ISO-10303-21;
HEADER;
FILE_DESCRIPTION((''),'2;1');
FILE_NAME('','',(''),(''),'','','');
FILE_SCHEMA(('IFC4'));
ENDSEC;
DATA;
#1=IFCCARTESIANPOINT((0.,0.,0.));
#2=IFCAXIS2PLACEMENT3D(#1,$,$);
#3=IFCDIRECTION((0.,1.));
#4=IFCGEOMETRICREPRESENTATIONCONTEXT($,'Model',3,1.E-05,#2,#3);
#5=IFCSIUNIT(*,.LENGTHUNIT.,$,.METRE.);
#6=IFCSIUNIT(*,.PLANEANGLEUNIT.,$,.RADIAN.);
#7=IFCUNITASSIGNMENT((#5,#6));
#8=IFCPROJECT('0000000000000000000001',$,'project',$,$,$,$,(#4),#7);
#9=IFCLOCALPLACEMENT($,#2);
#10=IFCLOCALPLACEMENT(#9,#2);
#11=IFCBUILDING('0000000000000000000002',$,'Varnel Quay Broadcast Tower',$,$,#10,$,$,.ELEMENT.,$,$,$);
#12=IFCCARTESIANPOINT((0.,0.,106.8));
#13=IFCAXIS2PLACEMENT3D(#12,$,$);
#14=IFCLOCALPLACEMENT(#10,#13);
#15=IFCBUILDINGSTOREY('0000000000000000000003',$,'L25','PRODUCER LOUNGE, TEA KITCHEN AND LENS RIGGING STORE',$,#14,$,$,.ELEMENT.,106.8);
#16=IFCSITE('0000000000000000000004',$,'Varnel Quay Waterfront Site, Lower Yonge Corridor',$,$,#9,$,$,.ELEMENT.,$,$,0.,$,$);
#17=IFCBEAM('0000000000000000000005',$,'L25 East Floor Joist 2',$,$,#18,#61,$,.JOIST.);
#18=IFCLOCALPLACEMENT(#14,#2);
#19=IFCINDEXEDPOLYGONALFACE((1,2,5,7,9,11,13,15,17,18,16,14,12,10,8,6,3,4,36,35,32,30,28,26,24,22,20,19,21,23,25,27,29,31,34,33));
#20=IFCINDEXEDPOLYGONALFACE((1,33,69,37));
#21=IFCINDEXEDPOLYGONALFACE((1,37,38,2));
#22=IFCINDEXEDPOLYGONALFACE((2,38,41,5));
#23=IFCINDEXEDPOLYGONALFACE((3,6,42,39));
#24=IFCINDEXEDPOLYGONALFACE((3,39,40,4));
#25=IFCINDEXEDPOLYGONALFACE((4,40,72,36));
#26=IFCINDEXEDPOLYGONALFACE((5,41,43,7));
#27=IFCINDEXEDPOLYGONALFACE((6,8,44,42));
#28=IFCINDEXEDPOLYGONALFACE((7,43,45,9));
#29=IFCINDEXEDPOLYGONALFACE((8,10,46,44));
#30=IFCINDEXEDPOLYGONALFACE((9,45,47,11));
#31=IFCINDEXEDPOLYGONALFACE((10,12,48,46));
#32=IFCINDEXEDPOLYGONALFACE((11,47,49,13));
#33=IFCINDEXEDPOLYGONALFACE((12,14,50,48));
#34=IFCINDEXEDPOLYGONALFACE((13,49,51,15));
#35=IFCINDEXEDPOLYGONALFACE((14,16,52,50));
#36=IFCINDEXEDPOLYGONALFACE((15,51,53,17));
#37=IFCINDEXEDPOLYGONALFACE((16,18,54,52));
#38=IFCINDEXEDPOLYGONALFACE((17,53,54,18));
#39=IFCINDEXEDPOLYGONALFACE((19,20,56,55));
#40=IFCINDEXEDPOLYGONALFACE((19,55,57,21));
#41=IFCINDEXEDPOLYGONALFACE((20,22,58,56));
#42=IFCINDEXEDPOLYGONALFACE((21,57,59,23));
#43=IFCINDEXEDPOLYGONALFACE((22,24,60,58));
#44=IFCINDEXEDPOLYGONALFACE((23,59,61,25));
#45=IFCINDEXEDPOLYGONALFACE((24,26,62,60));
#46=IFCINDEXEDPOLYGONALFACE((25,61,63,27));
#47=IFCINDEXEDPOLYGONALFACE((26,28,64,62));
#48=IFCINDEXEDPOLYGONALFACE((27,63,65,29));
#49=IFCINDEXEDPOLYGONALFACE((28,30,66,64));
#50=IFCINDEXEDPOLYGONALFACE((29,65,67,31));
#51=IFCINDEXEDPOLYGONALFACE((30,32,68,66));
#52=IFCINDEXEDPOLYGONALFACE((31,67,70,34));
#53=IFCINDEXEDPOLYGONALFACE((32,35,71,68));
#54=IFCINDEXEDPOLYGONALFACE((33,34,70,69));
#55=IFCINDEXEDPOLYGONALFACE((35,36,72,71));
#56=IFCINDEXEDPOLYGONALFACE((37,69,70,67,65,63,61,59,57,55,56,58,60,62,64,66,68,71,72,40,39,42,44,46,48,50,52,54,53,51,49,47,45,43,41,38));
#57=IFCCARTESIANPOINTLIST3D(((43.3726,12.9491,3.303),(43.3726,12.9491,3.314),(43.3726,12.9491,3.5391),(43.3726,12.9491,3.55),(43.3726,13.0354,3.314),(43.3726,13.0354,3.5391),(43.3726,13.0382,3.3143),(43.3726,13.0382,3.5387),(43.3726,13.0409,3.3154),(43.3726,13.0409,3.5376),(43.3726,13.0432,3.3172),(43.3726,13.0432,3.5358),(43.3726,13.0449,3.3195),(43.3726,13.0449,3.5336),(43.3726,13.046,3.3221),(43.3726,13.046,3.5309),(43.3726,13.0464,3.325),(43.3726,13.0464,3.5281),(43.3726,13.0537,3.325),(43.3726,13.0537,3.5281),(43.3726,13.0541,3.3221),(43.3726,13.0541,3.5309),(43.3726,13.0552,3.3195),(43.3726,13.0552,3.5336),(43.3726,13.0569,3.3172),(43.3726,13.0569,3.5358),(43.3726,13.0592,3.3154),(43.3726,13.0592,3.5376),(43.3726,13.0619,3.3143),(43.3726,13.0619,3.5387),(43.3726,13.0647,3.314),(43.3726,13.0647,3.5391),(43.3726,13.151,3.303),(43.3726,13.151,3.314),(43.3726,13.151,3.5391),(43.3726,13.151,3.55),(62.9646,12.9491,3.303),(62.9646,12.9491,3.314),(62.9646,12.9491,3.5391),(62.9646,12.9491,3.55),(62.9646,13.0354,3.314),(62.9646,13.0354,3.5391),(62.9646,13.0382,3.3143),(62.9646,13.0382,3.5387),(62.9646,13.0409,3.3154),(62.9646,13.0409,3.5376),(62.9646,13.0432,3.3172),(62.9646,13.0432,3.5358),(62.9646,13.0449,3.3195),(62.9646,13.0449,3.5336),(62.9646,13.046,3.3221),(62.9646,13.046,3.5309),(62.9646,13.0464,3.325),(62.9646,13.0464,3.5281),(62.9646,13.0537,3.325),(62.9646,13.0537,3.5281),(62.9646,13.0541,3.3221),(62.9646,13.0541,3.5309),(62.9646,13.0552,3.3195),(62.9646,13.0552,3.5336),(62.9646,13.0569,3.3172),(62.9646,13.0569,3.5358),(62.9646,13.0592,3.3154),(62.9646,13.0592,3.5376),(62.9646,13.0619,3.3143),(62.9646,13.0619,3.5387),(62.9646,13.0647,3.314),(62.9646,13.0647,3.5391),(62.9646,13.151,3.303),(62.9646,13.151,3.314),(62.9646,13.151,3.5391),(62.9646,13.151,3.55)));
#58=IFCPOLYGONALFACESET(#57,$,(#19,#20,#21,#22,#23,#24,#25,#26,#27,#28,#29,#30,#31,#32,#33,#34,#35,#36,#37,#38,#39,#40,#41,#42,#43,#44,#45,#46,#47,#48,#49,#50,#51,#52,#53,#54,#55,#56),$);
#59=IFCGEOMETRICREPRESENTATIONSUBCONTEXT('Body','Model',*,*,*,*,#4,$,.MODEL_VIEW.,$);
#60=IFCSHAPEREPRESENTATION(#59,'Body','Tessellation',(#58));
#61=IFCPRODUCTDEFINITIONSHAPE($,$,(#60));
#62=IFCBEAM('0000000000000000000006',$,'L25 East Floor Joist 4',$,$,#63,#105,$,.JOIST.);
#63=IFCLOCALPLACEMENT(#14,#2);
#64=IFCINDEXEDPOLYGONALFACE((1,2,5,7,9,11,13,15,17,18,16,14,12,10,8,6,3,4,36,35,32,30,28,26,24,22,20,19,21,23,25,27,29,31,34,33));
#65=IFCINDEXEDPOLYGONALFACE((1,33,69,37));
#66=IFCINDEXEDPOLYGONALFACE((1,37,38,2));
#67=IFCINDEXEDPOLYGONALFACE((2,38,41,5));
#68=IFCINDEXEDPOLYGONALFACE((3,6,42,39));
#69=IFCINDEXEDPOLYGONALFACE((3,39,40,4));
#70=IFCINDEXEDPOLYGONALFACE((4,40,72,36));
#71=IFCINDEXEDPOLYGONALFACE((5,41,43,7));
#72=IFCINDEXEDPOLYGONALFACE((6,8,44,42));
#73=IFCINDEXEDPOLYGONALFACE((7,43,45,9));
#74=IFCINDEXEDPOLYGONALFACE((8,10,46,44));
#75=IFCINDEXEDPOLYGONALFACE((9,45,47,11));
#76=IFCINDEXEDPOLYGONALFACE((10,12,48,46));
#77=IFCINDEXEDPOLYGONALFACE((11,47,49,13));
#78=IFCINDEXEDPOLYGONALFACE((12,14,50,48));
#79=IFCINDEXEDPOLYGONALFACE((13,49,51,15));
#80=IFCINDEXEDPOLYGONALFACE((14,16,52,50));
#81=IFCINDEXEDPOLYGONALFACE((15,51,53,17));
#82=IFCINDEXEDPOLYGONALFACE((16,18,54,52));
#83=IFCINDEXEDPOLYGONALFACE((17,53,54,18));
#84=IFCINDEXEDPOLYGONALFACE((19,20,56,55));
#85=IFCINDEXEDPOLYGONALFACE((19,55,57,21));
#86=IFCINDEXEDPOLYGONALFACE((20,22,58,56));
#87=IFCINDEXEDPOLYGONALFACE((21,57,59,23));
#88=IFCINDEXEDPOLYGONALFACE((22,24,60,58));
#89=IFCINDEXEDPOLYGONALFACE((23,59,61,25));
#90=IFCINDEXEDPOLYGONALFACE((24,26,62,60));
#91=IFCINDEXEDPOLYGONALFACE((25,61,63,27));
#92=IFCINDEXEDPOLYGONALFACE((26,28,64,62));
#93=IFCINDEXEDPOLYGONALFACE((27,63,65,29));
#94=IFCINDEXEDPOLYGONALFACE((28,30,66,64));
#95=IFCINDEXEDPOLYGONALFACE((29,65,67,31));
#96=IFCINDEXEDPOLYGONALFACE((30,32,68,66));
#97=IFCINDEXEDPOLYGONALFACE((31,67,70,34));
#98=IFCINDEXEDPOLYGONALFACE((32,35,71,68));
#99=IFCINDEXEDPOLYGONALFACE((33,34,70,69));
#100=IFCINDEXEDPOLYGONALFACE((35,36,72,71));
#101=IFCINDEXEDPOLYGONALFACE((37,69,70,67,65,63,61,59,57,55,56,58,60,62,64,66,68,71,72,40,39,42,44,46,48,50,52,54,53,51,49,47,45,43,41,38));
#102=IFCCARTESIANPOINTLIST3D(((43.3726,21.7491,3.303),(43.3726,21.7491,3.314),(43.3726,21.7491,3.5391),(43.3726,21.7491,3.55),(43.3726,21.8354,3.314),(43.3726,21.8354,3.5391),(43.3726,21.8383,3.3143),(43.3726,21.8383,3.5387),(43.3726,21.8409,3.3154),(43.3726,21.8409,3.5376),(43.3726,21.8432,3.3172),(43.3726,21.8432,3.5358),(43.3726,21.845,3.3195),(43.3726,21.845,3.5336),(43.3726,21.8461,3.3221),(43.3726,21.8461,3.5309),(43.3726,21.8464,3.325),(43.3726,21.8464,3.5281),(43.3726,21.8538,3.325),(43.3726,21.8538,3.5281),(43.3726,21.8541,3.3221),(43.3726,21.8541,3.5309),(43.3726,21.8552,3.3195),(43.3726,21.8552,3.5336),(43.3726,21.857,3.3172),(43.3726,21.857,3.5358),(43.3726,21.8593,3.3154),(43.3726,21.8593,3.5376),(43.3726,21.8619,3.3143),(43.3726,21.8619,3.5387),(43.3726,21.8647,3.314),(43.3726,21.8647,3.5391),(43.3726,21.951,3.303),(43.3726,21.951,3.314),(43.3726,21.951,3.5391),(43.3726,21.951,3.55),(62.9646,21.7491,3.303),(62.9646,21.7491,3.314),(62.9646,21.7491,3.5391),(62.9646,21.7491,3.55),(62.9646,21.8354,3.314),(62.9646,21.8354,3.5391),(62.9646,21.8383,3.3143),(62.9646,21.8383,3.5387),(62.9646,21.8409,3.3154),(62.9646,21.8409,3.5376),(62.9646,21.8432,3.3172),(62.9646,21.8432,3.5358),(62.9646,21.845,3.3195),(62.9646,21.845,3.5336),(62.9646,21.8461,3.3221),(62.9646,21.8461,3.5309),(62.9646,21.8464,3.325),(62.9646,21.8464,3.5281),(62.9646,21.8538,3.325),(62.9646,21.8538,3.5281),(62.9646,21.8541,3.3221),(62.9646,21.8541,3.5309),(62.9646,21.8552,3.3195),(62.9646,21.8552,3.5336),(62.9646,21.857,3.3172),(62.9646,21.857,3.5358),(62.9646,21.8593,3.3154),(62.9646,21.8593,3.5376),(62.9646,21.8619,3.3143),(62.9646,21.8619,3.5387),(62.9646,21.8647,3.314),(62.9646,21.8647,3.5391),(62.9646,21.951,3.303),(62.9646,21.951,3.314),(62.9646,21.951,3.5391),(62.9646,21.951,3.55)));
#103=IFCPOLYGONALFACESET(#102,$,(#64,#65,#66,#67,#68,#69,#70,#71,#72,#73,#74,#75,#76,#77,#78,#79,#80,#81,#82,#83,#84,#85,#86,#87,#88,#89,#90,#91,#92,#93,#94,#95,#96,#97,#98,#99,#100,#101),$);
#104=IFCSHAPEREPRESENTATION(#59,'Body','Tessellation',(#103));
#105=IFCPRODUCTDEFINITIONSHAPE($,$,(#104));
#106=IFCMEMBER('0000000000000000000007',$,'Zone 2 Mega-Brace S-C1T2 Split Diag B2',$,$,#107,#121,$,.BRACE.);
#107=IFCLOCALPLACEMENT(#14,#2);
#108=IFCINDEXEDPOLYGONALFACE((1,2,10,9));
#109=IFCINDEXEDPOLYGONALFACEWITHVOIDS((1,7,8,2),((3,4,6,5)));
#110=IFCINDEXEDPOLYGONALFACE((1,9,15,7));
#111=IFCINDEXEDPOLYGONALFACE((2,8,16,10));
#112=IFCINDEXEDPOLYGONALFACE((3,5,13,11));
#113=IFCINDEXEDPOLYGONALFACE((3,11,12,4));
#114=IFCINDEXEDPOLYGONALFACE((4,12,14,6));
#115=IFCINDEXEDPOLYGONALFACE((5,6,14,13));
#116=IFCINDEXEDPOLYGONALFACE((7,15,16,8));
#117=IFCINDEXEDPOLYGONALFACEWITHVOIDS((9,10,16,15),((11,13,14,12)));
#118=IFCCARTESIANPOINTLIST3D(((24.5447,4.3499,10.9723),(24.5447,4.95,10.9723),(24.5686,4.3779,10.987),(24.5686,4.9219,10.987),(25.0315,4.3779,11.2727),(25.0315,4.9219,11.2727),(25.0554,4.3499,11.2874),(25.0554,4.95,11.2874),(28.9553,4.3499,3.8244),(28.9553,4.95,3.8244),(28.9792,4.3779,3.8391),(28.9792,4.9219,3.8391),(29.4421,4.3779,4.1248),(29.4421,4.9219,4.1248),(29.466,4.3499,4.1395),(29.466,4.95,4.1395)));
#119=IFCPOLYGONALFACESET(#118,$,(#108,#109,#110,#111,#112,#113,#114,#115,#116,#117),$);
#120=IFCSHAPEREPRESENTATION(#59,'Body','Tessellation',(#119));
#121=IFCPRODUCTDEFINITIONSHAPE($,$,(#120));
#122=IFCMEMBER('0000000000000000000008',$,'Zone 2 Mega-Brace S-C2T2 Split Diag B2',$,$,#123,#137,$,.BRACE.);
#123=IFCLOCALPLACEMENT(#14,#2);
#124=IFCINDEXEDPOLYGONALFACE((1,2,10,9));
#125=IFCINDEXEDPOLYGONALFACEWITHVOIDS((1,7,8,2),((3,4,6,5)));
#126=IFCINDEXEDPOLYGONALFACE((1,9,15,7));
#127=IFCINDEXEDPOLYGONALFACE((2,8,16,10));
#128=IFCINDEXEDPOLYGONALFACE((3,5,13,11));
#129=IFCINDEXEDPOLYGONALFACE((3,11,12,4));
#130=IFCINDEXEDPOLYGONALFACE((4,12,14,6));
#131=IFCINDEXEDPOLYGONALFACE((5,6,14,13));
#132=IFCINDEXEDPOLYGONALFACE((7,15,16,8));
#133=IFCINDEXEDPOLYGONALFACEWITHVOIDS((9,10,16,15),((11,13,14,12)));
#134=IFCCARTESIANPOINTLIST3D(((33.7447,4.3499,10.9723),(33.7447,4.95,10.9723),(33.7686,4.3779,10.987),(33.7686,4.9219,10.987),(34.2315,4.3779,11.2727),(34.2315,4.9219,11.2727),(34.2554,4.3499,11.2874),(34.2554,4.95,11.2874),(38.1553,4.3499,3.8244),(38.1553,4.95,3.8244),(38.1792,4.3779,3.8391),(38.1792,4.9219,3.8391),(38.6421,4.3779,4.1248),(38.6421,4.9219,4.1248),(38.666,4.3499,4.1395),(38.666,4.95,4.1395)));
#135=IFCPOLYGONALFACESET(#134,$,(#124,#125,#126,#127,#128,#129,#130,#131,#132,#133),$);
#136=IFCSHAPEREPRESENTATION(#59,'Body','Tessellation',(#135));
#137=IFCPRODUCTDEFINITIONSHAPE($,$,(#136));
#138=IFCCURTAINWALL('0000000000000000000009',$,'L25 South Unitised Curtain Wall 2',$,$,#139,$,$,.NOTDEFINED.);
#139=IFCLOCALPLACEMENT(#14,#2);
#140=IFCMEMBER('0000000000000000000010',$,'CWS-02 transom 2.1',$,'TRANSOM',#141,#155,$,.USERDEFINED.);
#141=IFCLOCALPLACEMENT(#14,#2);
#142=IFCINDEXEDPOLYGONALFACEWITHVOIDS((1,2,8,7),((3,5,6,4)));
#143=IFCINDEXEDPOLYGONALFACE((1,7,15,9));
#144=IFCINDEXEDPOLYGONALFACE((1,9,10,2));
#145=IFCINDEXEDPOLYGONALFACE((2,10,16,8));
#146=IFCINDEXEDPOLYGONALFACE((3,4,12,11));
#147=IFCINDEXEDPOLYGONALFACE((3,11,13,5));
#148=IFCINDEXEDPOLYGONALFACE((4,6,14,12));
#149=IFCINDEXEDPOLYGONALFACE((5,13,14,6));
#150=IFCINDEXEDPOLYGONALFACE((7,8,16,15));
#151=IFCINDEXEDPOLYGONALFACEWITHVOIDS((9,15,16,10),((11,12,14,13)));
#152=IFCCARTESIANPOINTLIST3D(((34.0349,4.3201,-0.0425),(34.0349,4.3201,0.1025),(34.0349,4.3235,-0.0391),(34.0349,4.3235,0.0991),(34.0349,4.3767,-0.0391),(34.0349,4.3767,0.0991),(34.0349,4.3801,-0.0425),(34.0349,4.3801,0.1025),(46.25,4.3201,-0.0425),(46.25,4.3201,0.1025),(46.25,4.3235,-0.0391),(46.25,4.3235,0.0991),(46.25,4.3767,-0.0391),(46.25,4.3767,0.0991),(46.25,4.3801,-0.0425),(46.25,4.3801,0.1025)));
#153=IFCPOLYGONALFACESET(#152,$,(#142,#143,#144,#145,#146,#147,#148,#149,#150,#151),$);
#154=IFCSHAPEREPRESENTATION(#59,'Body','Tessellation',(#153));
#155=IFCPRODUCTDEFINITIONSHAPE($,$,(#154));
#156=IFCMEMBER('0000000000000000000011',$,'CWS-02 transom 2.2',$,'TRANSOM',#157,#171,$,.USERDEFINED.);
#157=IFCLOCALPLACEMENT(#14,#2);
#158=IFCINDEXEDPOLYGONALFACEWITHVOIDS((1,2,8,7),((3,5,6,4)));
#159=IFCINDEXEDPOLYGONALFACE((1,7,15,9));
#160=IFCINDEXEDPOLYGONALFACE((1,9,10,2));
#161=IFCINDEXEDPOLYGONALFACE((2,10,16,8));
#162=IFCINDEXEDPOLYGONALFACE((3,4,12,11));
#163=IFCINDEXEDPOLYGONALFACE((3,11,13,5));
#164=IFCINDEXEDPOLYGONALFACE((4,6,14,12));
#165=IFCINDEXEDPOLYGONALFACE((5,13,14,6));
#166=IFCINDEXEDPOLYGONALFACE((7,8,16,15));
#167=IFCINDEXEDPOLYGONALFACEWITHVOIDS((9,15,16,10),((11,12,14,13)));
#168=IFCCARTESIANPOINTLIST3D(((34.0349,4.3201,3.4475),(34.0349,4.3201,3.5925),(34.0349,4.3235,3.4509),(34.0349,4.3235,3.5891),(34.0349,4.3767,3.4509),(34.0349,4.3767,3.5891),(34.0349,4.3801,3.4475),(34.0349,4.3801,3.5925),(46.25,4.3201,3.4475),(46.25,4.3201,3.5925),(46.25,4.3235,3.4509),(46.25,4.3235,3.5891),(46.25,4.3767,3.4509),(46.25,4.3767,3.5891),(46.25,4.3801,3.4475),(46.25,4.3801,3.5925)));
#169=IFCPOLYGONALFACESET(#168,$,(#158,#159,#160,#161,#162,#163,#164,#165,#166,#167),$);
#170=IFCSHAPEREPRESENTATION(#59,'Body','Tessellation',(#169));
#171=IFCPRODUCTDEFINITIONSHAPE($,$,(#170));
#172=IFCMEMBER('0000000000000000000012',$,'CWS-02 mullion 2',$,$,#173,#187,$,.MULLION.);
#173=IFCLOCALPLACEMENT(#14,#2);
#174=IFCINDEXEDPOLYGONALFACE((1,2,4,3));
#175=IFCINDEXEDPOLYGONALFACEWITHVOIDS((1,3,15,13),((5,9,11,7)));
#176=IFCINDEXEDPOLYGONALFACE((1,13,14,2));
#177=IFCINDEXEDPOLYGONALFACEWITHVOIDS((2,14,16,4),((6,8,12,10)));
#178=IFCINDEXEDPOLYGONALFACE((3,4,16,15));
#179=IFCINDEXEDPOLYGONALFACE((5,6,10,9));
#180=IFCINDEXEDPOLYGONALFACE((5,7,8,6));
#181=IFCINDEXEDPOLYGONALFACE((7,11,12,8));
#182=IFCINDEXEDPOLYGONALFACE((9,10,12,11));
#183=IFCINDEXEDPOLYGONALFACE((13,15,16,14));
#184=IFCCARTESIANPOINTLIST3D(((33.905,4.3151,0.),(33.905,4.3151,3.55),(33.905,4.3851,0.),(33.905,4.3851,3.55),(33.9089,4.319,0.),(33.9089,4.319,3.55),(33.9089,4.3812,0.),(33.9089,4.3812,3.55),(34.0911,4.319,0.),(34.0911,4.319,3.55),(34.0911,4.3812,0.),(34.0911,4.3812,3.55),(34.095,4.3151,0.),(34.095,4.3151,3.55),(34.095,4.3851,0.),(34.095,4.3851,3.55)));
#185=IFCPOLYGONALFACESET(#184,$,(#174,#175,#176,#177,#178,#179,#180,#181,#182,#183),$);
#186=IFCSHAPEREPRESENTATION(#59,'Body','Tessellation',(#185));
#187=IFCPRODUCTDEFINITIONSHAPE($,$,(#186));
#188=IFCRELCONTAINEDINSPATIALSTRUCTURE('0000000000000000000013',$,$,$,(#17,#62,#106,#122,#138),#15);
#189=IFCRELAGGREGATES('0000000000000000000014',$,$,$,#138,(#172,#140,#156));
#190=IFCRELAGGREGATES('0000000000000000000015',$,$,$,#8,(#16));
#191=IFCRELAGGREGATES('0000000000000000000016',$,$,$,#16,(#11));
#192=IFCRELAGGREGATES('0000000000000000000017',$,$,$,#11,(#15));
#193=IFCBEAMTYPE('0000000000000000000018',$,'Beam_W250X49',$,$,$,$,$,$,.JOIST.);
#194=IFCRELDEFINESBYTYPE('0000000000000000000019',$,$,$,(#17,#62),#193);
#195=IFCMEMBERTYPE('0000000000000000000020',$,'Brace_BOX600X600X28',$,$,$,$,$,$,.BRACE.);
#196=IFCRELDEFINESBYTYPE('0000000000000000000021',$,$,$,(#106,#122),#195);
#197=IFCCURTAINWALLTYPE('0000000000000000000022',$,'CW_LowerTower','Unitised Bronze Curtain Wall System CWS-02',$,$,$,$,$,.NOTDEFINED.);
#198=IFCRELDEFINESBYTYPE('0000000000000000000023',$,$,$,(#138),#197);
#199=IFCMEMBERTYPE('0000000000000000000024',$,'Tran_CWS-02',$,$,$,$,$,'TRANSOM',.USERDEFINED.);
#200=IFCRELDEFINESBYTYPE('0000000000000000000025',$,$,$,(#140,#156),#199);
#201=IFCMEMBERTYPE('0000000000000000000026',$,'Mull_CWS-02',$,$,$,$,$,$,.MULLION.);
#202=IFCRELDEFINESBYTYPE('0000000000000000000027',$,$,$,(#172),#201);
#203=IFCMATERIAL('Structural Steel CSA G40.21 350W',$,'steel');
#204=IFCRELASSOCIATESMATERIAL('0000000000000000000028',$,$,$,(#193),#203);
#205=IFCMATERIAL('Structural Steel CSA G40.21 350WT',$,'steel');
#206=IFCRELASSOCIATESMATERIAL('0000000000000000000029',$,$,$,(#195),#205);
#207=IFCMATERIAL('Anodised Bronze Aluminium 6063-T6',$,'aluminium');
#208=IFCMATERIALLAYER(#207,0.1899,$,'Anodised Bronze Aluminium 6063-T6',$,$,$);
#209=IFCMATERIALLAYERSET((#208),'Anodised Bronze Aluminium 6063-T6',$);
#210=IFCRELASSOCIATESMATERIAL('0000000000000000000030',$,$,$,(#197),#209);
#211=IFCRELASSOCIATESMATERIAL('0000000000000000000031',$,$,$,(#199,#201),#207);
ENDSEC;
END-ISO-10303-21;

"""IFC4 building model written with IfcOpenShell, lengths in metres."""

from ifc_helpers import new_model, si_unit, direction, frame, origin, origin_2d, place, context, subcontext, project, spatial, hollow_rectangle, i_section, extrude, source, transform, mapped, material, layer, layer_set, material_profile, profile_set, type_object, type_shapes, element, aggregate, save


model = new_model("IFC4")

# Units and contexts
model_context = context("Model", 3, precision=1e-05, world=origin(), true_north=direction((0.0, 1.0)))
body_context = subcontext(model_context, "Body", "Model", "MODEL_VIEW")
ifc_project = project(units=[si_unit("LENGTHUNIT", "METRE"), si_unit("PLANEANGLEUNIT", "RADIAN")], contexts=[model_context])

# Site, building, storey
site_placement = place(None, origin())
site = spatial("IfcSite", under=ifc_project, at=site_placement, Name="Varnel Quay Waterfront Site, Lower Yonge Corridor", CompositionType="ELEMENT", RefElevation=0.0)
building_placement = place(site_placement, origin())
building = spatial("IfcBuilding", under=site, at=building_placement, Name="Varnel Quay Broadcast Tower", CompositionType="ELEMENT")
storey_placement = place(building_placement, frame((0.0, 0.0, 106.8)))
storey = spatial("IfcBuildingStorey", under=building, at=storey_placement, Name="L25", Description="PRODUCER LOUNGE, TEA KITCHEN AND LENS RIGGING STORE", CompositionType="ELEMENT", Elevation=106.8)

# Shared definitions
ifc_material_1 = material(Name="Structural Steel CSA G40.21 350W", Category="steel")

# Beams
ifc_material_profile_1 = material_profile(ifc_material_1, i_section(OverallWidth=0.2019, OverallDepth=0.2471, WebThickness=0.0073, FlangeThickness=0.011, FilletRadius=0.011, at=origin_2d()), Name="W250X49")
ifc_profile_set_1 = profile_set([ifc_material_profile_1], Name="Structural Steel CSA G40.21 350W")
beam_type_1 = type_object("IfcBeamType", Name="Beam_W250X49", PredefinedType="JOIST", material=ifc_profile_set_1)
shared_shape_1 = source(origin(), body_context, "Body", "SweptSolid", [
    extrude(i_section(OverallWidth=0.2019, OverallDepth=0.2471, WebThickness=0.0073, FlangeThickness=0.011, FilletRadius=0.011, at=origin_2d()), origin(), (0.0, 0.0, 1.0), 19.592),
])
type_shapes(beam_type_1, [shared_shape_1])
for number, where, z_axis, x_axis, name in (
    (1, (43.3726, 13.05, 3.4265), (1.0, 0.0, 0.0), (0.0, 1.0, 0.0), "L25 East Floor Joist 2"),
    (2, (43.3726, 21.8501, 3.4265), (1.0, 0.0, 0.0), (0.0, 1.0, 0.0), "L25 East Floor Joist 4"),
):
    element("IfcBeam", number, at=place(storey_placement, frame(where, z_axis=z_axis, x_axis=x_axis)), inside=storey, type_object=beam_type_1, Name=name, PredefinedType="JOIST", context=body_context, shape_type="MappedRepresentation", body=[
        mapped(shared_shape_1, transform((0.0, 0.0, 0.0), x_axis=(1.0, 0.0, 0.0), y_axis=(0.0, 1.0, 0.0), z_axis=(0.0, 0.0, 1.0), scale=1.0)),
    ])

# Members
ifc_material_2 = material(Name="Structural Steel CSA G40.21 350WT", Category="steel")
ifc_material_profile_2 = material_profile(ifc_material_2, hollow_rectangle(XDim=0.6001, YDim=0.6001, WallThickness=0.0281, at=origin_2d()), Name="BOX600X600X28")
ifc_profile_set_2 = profile_set([ifc_material_profile_2], Name="Structural Steel CSA G40.21 350WT")
member_type_1 = type_object("IfcMemberType", Name="Brace_BOX600X600X28", PredefinedType="BRACE", material=ifc_profile_set_2)
shared_shape_2 = source(origin(), body_context, "Body", "SweptSolid", [
    extrude(hollow_rectangle(XDim=0.6001, YDim=0.6001, WallThickness=0.0281, at=origin_2d()), origin(), (0.0, 0.0, 1.0), 8.3992),
])
type_shapes(member_type_1, [shared_shape_2])
for number, where, z_axis, x_axis, name in (
    (3, (29.2107, 4.6499, 3.9819), (-0.525125, 0.0, 0.851025), (0.0, -1.0, 0.0), "Zone 2 Mega-Brace S-C1T2 Split Diag B2"),
    (4, (38.4106, 4.6499, 3.9819), (-0.525125, 0.0, 0.851025), (0.0, -1.0, 0.0), "Zone 2 Mega-Brace S-C2T2 Split Diag B2"),
):
    element("IfcMember", number, at=place(storey_placement, frame(where, z_axis=z_axis, x_axis=x_axis)), inside=storey, type_object=member_type_1, Name=name, PredefinedType="BRACE", context=body_context, shape_type="MappedRepresentation", body=[
        mapped(shared_shape_2, transform((0.0, 0.0, 0.0), x_axis=(1.0, 0.0, 0.0), y_axis=(0.0, 1.0, 0.0), z_axis=(0.0, 0.0, 1.0), scale=1.0)),
    ])

# Curtain wall, members
ifc_material_3 = material(Name="Anodised Bronze Aluminium 6063-T6", Category="aluminium")
ifc_layer_1 = layer(ifc_material_3, 0.1899, Name="Anodised Bronze Aluminium 6063-T6")
ifc_layer_set_1 = layer_set([ifc_layer_1], Name="Anodised Bronze Aluminium 6063-T6")
curtain_wall_type = type_object("IfcCurtainWallType", Name="CW_LowerTower", Description="Unitised Bronze Curtain Wall System CWS-02", PredefinedType="NOTDEFINED", material=ifc_layer_set_1)
curtain_wall_placement = place(storey_placement, origin())
curtain_wall = element("IfcCurtainWall", 5, at=curtain_wall_placement, inside=storey, type_object=curtain_wall_type, Name="L25 South Unitised Curtain Wall 2", PredefinedType="NOTDEFINED")
ifc_material_profile_3 = material_profile(ifc_material_3, hollow_rectangle(XDim=0.0601, YDim=0.145, WallThickness=0.0034, at=origin_2d()), Name="ALU60X145X3.5")
ifc_profile_set_3 = profile_set([ifc_material_profile_3], Name="Anodised Bronze Aluminium 6063-T6")
member_type_2 = type_object("IfcMemberType", Name="Tran_CWS-02", ElementType="TRANSOM", PredefinedType="USERDEFINED", material=ifc_profile_set_3)
shared_shape_3 = source(origin(), body_context, "Body", "SweptSolid", [
    extrude(hollow_rectangle(XDim=0.0601, YDim=0.145, WallThickness=0.0034, at=origin_2d()), origin(), (0.0, 0.0, 1.0), 12.2151),
])
type_shapes(member_type_2, [shared_shape_3])
member_1_placement = place(storey_placement, frame((34.0349, 4.3501, 0.03), z_axis=(1.0, 0.0, 0.0), x_axis=(0.0, 1.0, 0.0)))
member_1 = element("IfcMember", 6, at=member_1_placement, type_object=member_type_2, Name="CWS-02 transom 2.1", ObjectType="TRANSOM", PredefinedType="USERDEFINED", context=body_context, shape_type="MappedRepresentation", body=[
    mapped(shared_shape_3, transform((0.0, 0.0, 0.0), x_axis=(1.0, 0.0, 0.0), y_axis=(0.0, 1.0, 0.0), z_axis=(0.0, 0.0, 1.0), scale=1.0)),
])
member_2_placement = place(storey_placement, frame((34.0349, 4.3501, 3.52), z_axis=(1.0, 0.0, 0.0), x_axis=(0.0, 1.0, 0.0)))
member_2 = element("IfcMember", 7, at=member_2_placement, type_object=member_type_2, Name="CWS-02 transom 2.2", ObjectType="TRANSOM", PredefinedType="USERDEFINED", context=body_context, shape_type="MappedRepresentation", body=[
    mapped(shared_shape_3, transform((0.0, 0.0, 0.0), x_axis=(1.0, 0.0, 0.0), y_axis=(0.0, 1.0, 0.0), z_axis=(0.0, 0.0, 1.0), scale=1.0)),
])
ifc_material_profile_4 = material_profile(ifc_material_3, hollow_rectangle(XDim=0.0701, YDim=0.1899, WallThickness=0.0039, at=origin_2d()), Name="ALU70X190X4")
ifc_profile_set_4 = profile_set([ifc_material_profile_4], Name="Anodised Bronze Aluminium 6063-T6")
member_type_3 = type_object("IfcMemberType", Name="Mull_CWS-02", PredefinedType="MULLION", material=ifc_profile_set_4)
shared_shape_4 = source(origin(), body_context, "Body", "SweptSolid", [
    extrude(hollow_rectangle(XDim=0.0701, YDim=0.1899, WallThickness=0.0039, at=origin_2d()), origin(), (0.0, 0.0, 1.0), 3.55),
])
type_shapes(member_type_3, [shared_shape_4])
member_3_placement = place(storey_placement, frame((34.0, 4.3501, 0.0), z_axis=(0.0, 0.0, 1.0), x_axis=(0.0, 1.0, 0.0)))
member_3 = element("IfcMember", 8, at=member_3_placement, type_object=member_type_3, Name="CWS-02 mullion 2", PredefinedType="MULLION", context=body_context, shape_type="MappedRepresentation", body=[
    mapped(shared_shape_4, transform((0.0, 0.0, 0.0), x_axis=(1.0, 0.0, 0.0), y_axis=(0.0, 1.0, 0.0), z_axis=(0.0, 0.0, 1.0), scale=1.0)),
])

aggregate(curtain_wall, [member_3, member_1, member_2])

save(model, "model.ifc")
